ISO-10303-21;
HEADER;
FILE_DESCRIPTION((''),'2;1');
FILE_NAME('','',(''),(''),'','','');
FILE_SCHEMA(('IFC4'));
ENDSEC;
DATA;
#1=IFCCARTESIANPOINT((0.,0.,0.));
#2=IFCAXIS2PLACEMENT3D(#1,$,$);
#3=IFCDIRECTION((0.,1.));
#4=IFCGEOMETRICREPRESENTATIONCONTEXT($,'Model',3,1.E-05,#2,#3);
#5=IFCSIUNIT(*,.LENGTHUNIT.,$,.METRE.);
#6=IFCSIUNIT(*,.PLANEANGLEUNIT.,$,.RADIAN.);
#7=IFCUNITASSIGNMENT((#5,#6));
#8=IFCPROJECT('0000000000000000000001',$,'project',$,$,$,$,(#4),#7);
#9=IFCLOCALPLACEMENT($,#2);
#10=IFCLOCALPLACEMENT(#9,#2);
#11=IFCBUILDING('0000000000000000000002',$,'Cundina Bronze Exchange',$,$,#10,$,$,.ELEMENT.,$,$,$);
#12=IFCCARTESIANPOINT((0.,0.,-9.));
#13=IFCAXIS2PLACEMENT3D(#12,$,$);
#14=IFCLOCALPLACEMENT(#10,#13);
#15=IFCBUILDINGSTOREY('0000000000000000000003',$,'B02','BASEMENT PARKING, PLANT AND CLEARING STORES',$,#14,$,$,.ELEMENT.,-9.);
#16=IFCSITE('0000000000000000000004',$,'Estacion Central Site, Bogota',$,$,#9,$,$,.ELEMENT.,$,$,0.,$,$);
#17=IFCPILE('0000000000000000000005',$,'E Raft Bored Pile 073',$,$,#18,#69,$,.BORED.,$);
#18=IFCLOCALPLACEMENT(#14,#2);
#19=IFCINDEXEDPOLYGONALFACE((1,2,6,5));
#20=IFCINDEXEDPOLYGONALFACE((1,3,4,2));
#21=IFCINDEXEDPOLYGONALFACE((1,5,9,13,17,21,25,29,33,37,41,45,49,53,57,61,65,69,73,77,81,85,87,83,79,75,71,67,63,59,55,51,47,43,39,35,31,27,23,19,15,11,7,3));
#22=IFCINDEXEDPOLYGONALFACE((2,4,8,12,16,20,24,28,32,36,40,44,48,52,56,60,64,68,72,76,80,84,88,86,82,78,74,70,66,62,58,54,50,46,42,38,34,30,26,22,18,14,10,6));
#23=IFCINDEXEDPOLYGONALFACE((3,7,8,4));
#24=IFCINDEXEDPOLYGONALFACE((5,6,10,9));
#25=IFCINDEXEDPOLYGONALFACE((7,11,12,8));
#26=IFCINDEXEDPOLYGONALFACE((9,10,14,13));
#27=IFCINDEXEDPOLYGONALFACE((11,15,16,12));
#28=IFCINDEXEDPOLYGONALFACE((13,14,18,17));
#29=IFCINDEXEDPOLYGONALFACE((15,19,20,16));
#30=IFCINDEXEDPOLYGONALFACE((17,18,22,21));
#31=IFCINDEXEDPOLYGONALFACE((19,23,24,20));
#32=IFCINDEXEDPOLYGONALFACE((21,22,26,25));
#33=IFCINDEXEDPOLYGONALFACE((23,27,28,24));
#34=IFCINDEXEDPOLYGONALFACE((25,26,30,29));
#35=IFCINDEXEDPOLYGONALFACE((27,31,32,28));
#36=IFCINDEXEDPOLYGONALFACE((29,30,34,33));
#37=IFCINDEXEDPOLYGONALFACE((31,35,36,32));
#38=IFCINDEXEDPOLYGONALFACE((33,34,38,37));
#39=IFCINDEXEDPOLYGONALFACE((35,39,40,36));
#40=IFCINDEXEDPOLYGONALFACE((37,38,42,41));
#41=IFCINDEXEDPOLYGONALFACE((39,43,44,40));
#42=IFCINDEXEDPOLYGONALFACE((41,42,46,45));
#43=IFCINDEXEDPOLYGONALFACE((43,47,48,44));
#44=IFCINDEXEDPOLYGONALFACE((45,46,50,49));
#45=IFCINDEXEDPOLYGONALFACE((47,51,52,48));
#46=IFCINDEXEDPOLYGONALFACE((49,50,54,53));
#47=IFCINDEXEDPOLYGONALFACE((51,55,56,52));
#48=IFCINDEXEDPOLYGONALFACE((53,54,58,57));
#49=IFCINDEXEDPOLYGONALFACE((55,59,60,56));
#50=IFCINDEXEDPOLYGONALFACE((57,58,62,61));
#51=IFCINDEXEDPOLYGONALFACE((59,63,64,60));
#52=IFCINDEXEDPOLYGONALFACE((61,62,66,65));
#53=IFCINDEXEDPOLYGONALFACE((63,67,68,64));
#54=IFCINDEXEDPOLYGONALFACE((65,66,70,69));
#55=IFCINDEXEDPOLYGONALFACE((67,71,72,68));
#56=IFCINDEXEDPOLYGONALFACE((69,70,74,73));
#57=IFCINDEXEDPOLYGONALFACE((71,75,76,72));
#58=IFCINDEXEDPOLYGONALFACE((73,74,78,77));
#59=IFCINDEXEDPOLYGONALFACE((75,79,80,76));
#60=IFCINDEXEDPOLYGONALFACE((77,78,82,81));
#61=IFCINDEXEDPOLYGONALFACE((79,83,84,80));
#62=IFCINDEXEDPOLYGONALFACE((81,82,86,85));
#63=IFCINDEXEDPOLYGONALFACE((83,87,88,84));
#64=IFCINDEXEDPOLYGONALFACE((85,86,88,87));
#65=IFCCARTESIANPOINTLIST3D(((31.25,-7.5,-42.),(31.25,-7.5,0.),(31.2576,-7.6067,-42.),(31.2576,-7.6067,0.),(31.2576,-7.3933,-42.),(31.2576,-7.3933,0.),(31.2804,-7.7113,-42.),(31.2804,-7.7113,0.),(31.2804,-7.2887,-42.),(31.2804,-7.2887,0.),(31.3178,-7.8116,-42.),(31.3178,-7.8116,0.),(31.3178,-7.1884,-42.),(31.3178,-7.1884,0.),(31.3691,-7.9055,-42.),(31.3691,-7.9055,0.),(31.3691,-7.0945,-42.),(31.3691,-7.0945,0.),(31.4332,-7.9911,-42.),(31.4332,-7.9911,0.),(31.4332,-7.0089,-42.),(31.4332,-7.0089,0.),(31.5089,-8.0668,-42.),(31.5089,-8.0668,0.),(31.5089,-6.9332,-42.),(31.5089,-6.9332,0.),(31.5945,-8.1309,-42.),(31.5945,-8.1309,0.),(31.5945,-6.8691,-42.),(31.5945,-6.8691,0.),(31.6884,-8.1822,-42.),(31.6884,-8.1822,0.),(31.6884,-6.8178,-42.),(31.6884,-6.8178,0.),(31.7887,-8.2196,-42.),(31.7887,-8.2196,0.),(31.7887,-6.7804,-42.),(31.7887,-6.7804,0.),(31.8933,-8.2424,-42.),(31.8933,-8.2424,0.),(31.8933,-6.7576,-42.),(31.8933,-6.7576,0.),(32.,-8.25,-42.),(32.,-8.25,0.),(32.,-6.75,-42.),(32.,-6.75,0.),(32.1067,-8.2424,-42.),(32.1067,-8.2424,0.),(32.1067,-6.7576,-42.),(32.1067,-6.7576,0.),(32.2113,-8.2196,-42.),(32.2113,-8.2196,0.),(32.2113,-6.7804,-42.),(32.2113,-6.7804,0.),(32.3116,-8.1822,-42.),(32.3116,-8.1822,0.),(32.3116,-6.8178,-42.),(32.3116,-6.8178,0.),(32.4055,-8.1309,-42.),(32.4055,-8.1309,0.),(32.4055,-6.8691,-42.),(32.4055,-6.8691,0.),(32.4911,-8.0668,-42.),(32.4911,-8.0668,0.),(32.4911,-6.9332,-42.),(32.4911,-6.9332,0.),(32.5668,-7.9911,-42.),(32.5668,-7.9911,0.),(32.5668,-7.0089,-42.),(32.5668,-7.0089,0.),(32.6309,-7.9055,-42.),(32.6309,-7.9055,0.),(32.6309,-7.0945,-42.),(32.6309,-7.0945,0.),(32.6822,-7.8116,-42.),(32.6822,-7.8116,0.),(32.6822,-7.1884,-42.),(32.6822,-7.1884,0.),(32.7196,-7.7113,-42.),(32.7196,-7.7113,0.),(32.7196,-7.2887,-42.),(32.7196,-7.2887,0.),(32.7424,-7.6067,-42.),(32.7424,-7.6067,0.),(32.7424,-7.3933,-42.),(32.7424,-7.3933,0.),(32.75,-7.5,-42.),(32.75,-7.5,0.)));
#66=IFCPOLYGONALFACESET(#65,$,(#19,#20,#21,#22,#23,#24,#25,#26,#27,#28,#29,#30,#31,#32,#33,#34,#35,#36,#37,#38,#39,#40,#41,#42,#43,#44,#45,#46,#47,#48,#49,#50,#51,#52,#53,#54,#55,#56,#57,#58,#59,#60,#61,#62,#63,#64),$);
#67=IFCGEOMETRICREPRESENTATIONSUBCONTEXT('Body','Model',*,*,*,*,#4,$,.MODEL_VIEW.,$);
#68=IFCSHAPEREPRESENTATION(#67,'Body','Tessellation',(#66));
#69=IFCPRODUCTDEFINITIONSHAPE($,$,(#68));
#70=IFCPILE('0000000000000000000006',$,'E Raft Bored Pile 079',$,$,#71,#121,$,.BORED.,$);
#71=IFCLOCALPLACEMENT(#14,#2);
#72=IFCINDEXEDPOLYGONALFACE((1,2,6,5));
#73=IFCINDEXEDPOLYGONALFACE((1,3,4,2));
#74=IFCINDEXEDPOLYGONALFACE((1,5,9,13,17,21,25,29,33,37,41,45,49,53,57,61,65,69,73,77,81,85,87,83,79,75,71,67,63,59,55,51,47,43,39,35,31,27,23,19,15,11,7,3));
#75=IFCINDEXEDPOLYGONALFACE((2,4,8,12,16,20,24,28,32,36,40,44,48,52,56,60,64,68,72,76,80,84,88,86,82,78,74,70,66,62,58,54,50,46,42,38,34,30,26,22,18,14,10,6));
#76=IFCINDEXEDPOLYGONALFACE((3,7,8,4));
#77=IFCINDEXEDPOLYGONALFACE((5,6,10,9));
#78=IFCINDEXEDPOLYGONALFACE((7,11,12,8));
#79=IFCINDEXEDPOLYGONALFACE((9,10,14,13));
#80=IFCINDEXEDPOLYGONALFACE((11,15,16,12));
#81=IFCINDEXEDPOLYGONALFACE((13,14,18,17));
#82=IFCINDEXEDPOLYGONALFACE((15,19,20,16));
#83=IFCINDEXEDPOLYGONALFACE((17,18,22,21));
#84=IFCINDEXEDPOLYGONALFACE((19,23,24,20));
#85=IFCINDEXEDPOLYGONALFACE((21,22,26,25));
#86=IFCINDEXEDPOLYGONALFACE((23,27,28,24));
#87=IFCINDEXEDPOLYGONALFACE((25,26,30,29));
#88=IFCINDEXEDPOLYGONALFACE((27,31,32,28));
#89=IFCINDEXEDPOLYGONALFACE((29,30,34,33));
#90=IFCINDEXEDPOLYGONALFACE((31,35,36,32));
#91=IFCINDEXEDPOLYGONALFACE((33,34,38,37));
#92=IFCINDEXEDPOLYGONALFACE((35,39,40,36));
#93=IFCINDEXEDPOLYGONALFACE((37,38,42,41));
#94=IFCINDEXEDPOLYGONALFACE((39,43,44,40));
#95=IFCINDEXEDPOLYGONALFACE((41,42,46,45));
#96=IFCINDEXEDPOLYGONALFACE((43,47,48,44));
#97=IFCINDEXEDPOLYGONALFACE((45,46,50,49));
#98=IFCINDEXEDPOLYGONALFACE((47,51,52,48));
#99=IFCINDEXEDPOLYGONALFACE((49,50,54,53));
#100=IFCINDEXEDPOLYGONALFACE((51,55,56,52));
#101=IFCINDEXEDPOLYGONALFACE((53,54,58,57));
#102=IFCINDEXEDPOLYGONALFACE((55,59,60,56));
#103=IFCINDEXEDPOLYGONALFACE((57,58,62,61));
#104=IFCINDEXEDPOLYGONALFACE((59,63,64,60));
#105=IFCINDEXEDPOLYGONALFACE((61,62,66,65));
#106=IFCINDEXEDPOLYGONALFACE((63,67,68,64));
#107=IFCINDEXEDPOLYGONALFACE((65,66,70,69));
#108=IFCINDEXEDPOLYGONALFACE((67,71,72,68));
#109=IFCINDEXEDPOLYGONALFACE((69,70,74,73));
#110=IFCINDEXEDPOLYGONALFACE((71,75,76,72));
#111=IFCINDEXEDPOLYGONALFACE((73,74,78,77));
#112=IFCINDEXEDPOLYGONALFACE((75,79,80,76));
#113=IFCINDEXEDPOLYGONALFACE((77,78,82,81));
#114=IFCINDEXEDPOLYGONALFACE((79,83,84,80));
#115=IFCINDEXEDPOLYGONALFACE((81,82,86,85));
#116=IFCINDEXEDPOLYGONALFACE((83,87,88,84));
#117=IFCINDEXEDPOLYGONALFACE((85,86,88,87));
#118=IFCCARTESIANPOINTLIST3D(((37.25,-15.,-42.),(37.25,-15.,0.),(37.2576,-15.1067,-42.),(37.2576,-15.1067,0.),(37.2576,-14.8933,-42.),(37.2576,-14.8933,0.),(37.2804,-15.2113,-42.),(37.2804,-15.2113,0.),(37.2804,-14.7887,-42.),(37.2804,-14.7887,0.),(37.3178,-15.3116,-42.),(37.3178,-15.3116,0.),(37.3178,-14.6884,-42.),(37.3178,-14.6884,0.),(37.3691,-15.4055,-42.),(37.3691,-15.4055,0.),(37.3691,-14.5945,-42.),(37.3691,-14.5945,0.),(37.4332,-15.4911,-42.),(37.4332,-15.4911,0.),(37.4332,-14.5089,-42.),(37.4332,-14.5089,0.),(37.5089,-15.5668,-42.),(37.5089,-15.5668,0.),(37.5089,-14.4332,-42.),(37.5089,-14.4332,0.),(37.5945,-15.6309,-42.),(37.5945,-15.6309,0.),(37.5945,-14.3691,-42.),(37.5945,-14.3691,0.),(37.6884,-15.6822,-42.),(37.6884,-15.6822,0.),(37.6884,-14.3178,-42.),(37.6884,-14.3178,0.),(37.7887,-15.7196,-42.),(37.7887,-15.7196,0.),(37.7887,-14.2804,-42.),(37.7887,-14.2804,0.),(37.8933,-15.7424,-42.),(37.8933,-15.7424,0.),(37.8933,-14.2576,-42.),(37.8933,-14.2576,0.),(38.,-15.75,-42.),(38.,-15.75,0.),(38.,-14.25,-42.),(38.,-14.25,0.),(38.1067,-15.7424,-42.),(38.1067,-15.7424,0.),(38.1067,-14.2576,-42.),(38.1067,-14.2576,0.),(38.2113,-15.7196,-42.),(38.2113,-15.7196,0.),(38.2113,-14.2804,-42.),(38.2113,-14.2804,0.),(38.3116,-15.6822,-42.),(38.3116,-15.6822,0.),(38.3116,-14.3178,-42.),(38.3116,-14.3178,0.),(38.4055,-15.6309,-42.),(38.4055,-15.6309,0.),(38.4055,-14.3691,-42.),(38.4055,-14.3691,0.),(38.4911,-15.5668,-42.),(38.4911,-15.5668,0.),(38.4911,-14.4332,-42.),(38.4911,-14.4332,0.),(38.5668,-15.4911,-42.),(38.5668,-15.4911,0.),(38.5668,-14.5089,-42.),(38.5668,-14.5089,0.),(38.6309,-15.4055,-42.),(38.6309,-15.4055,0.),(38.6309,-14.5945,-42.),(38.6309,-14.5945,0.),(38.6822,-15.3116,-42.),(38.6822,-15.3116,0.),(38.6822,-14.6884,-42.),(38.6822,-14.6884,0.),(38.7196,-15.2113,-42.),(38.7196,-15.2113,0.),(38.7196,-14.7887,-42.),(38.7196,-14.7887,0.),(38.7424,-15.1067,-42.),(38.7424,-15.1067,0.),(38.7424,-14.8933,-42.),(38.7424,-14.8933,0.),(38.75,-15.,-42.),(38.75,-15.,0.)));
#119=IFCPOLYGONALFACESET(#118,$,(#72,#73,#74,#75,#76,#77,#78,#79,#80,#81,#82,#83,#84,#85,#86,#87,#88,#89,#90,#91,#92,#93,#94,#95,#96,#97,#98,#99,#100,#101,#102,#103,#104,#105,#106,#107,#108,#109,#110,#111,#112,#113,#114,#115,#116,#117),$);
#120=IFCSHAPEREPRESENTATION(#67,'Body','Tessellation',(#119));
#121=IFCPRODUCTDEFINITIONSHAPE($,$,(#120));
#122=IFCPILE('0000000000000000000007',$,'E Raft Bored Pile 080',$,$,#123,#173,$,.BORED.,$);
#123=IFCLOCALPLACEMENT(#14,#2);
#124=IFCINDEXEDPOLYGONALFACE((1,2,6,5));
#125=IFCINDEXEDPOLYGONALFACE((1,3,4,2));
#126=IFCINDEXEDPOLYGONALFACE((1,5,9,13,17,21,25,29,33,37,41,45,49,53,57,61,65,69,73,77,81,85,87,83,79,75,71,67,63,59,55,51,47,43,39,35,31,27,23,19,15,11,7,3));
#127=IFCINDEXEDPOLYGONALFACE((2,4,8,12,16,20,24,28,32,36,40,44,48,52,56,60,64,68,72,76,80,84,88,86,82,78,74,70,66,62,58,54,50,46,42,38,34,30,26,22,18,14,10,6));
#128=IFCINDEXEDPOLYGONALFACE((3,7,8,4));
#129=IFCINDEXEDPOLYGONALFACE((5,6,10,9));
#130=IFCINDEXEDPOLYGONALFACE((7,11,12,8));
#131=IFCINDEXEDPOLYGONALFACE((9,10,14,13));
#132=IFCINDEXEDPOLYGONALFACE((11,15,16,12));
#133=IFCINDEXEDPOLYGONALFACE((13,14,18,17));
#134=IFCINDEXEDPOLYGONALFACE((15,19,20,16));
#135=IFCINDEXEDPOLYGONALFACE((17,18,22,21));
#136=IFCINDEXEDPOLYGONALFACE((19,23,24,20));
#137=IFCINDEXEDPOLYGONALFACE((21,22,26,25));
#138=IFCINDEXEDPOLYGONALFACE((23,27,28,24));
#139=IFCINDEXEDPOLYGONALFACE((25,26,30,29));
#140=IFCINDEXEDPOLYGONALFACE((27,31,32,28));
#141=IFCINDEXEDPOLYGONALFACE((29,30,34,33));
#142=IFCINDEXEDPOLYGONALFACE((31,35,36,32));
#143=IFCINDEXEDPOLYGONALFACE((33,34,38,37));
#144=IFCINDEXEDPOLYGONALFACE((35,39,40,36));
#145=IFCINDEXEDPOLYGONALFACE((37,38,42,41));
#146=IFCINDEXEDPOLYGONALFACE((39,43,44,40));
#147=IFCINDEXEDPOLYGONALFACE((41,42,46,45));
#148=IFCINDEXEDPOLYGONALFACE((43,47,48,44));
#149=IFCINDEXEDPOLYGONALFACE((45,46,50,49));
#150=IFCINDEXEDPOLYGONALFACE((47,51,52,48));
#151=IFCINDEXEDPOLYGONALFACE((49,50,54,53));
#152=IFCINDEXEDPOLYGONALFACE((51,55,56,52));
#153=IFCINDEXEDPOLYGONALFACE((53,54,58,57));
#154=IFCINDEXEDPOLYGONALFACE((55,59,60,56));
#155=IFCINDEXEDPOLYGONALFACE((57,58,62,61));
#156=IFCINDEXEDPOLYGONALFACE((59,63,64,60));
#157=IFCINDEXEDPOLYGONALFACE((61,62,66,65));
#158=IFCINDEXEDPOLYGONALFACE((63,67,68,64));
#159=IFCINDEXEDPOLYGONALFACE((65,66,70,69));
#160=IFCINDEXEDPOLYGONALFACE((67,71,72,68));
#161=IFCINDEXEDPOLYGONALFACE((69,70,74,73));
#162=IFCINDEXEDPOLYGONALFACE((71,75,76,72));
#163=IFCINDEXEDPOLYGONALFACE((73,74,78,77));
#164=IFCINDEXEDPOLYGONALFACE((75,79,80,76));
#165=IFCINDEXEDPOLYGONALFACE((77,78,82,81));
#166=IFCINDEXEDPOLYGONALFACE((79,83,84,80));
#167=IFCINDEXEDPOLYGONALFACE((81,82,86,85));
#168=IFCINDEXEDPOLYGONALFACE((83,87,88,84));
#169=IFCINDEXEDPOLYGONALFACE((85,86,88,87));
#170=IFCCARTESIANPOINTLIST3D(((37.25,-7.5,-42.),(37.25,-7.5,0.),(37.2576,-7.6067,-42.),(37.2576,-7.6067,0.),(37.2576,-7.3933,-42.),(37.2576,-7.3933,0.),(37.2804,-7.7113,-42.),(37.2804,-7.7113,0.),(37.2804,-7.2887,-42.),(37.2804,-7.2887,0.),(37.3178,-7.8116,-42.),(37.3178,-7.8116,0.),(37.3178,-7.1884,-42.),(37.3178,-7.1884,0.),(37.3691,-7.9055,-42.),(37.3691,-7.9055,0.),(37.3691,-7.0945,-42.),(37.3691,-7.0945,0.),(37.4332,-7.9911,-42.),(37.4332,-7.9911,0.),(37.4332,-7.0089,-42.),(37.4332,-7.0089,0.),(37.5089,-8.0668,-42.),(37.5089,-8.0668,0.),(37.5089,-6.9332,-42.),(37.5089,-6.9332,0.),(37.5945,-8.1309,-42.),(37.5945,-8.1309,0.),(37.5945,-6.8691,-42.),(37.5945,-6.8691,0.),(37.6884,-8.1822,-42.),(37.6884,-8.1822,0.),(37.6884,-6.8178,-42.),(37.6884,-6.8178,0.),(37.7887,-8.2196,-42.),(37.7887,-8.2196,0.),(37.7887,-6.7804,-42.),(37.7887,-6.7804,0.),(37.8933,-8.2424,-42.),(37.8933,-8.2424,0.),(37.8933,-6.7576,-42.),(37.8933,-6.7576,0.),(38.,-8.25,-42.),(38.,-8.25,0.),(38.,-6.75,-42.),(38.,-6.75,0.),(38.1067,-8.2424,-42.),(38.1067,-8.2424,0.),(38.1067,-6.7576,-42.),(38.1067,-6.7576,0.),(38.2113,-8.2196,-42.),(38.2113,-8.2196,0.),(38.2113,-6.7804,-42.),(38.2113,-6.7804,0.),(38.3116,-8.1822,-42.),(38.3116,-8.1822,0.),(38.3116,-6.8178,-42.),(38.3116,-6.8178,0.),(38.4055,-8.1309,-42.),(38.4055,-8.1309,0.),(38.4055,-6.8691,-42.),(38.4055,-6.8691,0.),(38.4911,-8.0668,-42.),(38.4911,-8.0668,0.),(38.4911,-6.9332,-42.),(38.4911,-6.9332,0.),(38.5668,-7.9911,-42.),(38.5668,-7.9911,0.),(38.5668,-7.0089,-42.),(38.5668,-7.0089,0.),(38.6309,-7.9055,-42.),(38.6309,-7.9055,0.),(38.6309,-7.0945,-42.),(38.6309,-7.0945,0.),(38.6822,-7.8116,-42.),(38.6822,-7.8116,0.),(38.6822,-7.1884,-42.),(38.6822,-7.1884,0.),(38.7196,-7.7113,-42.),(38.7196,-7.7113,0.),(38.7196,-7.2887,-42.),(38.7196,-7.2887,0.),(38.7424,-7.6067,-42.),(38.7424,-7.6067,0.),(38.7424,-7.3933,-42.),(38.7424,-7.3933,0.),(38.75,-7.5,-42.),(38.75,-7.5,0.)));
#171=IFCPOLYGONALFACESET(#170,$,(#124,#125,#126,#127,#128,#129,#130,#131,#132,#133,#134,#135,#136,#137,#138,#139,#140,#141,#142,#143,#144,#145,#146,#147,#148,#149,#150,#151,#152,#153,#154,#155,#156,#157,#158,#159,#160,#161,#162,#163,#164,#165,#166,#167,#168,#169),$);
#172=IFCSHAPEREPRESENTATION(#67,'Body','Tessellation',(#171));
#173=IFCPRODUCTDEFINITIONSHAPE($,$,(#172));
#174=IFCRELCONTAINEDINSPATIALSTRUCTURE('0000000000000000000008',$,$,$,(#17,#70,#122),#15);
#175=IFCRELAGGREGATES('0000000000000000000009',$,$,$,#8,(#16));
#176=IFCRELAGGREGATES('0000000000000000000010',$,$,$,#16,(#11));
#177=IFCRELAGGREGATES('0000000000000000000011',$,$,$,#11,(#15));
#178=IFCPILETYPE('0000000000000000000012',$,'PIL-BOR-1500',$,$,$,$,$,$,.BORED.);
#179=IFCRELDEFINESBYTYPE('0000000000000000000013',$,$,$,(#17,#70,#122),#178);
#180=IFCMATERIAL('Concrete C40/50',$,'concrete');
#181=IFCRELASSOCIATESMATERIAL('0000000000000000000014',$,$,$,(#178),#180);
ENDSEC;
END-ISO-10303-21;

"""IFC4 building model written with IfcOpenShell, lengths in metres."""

from ifc_helpers import new_model, si_unit, direction, frame, origin, origin_2d, place, context, subcontext, project, spatial, circle, extrude, material, material_profile, profile_set, type_object, element, save


model = new_model("IFC4")

# Units and contexts
model_context = context("Model", 3, precision=1e-05, world=origin(), true_north=direction((0.0, 1.0)))
body_context = subcontext(model_context, "Body", "Model", "MODEL_VIEW")
ifc_project = project(units=[si_unit("LENGTHUNIT", "METRE"), si_unit("PLANEANGLEUNIT", "RADIAN")], contexts=[model_context])

# Site, building, storey
site_placement = place(None, origin())
site = spatial("IfcSite", under=ifc_project, at=site_placement, Name="Estacion Central Site, Bogota", CompositionType="ELEMENT", RefElevation=0.0)
building_placement = place(site_placement, origin())
building = spatial("IfcBuilding", under=site, at=building_placement, Name="Cundina Bronze Exchange", CompositionType="ELEMENT")
storey_placement = place(building_placement, frame((0.0, 0.0, -9.0)))
storey = spatial("IfcBuildingStorey", under=building, at=storey_placement, Name="B02", Description="BASEMENT PARKING, PLANT AND CLEARING STORES", CompositionType="ELEMENT", Elevation=-9.0)

# Shared definitions
ifc_material_1 = material(Name="Concrete C40/50", Category="concrete")

# Piles
ifc_material_profile_1 = material_profile(ifc_material_1, circle(Radius=0.75, at=origin_2d()), Name="PILE1500D", Category="concrete")
ifc_profile_set_1 = profile_set([ifc_material_profile_1], Name="Concrete C40/50")
pile_type_1 = type_object("IfcPileType", Name="PIL-BOR-1500", PredefinedType="BORED", material=ifc_profile_set_1)
for number, where, z_axis, x_axis, name in (
    (1, (32.0, -7.5, 0.0), (0.0, 0.0, -1.0), (1.0, 0.0, 0.0), "E Raft Bored Pile 073"),
    (2, (38.0, -15.0, 0.0), (0.0, 0.0, -1.0), (1.0, 0.0, 0.0), "E Raft Bored Pile 079"),
    (3, (38.0, -7.5, 0.0), (0.0, 0.0, -1.0), (1.0, 0.0, 0.0), "E Raft Bored Pile 080"),
):
    element("IfcPile", number, at=place(storey_placement, frame(where, z_axis=z_axis, x_axis=x_axis)), inside=storey, type_object=pile_type_1, Name=name, PredefinedType="BORED", context=body_context, shape_type="SweptSolid", body=[
        extrude(circle(Radius=0.75, at=origin_2d()), origin(), (0.0, 0.0, 1.0), 42.0),
    ])

save(model, "model.ifc")
